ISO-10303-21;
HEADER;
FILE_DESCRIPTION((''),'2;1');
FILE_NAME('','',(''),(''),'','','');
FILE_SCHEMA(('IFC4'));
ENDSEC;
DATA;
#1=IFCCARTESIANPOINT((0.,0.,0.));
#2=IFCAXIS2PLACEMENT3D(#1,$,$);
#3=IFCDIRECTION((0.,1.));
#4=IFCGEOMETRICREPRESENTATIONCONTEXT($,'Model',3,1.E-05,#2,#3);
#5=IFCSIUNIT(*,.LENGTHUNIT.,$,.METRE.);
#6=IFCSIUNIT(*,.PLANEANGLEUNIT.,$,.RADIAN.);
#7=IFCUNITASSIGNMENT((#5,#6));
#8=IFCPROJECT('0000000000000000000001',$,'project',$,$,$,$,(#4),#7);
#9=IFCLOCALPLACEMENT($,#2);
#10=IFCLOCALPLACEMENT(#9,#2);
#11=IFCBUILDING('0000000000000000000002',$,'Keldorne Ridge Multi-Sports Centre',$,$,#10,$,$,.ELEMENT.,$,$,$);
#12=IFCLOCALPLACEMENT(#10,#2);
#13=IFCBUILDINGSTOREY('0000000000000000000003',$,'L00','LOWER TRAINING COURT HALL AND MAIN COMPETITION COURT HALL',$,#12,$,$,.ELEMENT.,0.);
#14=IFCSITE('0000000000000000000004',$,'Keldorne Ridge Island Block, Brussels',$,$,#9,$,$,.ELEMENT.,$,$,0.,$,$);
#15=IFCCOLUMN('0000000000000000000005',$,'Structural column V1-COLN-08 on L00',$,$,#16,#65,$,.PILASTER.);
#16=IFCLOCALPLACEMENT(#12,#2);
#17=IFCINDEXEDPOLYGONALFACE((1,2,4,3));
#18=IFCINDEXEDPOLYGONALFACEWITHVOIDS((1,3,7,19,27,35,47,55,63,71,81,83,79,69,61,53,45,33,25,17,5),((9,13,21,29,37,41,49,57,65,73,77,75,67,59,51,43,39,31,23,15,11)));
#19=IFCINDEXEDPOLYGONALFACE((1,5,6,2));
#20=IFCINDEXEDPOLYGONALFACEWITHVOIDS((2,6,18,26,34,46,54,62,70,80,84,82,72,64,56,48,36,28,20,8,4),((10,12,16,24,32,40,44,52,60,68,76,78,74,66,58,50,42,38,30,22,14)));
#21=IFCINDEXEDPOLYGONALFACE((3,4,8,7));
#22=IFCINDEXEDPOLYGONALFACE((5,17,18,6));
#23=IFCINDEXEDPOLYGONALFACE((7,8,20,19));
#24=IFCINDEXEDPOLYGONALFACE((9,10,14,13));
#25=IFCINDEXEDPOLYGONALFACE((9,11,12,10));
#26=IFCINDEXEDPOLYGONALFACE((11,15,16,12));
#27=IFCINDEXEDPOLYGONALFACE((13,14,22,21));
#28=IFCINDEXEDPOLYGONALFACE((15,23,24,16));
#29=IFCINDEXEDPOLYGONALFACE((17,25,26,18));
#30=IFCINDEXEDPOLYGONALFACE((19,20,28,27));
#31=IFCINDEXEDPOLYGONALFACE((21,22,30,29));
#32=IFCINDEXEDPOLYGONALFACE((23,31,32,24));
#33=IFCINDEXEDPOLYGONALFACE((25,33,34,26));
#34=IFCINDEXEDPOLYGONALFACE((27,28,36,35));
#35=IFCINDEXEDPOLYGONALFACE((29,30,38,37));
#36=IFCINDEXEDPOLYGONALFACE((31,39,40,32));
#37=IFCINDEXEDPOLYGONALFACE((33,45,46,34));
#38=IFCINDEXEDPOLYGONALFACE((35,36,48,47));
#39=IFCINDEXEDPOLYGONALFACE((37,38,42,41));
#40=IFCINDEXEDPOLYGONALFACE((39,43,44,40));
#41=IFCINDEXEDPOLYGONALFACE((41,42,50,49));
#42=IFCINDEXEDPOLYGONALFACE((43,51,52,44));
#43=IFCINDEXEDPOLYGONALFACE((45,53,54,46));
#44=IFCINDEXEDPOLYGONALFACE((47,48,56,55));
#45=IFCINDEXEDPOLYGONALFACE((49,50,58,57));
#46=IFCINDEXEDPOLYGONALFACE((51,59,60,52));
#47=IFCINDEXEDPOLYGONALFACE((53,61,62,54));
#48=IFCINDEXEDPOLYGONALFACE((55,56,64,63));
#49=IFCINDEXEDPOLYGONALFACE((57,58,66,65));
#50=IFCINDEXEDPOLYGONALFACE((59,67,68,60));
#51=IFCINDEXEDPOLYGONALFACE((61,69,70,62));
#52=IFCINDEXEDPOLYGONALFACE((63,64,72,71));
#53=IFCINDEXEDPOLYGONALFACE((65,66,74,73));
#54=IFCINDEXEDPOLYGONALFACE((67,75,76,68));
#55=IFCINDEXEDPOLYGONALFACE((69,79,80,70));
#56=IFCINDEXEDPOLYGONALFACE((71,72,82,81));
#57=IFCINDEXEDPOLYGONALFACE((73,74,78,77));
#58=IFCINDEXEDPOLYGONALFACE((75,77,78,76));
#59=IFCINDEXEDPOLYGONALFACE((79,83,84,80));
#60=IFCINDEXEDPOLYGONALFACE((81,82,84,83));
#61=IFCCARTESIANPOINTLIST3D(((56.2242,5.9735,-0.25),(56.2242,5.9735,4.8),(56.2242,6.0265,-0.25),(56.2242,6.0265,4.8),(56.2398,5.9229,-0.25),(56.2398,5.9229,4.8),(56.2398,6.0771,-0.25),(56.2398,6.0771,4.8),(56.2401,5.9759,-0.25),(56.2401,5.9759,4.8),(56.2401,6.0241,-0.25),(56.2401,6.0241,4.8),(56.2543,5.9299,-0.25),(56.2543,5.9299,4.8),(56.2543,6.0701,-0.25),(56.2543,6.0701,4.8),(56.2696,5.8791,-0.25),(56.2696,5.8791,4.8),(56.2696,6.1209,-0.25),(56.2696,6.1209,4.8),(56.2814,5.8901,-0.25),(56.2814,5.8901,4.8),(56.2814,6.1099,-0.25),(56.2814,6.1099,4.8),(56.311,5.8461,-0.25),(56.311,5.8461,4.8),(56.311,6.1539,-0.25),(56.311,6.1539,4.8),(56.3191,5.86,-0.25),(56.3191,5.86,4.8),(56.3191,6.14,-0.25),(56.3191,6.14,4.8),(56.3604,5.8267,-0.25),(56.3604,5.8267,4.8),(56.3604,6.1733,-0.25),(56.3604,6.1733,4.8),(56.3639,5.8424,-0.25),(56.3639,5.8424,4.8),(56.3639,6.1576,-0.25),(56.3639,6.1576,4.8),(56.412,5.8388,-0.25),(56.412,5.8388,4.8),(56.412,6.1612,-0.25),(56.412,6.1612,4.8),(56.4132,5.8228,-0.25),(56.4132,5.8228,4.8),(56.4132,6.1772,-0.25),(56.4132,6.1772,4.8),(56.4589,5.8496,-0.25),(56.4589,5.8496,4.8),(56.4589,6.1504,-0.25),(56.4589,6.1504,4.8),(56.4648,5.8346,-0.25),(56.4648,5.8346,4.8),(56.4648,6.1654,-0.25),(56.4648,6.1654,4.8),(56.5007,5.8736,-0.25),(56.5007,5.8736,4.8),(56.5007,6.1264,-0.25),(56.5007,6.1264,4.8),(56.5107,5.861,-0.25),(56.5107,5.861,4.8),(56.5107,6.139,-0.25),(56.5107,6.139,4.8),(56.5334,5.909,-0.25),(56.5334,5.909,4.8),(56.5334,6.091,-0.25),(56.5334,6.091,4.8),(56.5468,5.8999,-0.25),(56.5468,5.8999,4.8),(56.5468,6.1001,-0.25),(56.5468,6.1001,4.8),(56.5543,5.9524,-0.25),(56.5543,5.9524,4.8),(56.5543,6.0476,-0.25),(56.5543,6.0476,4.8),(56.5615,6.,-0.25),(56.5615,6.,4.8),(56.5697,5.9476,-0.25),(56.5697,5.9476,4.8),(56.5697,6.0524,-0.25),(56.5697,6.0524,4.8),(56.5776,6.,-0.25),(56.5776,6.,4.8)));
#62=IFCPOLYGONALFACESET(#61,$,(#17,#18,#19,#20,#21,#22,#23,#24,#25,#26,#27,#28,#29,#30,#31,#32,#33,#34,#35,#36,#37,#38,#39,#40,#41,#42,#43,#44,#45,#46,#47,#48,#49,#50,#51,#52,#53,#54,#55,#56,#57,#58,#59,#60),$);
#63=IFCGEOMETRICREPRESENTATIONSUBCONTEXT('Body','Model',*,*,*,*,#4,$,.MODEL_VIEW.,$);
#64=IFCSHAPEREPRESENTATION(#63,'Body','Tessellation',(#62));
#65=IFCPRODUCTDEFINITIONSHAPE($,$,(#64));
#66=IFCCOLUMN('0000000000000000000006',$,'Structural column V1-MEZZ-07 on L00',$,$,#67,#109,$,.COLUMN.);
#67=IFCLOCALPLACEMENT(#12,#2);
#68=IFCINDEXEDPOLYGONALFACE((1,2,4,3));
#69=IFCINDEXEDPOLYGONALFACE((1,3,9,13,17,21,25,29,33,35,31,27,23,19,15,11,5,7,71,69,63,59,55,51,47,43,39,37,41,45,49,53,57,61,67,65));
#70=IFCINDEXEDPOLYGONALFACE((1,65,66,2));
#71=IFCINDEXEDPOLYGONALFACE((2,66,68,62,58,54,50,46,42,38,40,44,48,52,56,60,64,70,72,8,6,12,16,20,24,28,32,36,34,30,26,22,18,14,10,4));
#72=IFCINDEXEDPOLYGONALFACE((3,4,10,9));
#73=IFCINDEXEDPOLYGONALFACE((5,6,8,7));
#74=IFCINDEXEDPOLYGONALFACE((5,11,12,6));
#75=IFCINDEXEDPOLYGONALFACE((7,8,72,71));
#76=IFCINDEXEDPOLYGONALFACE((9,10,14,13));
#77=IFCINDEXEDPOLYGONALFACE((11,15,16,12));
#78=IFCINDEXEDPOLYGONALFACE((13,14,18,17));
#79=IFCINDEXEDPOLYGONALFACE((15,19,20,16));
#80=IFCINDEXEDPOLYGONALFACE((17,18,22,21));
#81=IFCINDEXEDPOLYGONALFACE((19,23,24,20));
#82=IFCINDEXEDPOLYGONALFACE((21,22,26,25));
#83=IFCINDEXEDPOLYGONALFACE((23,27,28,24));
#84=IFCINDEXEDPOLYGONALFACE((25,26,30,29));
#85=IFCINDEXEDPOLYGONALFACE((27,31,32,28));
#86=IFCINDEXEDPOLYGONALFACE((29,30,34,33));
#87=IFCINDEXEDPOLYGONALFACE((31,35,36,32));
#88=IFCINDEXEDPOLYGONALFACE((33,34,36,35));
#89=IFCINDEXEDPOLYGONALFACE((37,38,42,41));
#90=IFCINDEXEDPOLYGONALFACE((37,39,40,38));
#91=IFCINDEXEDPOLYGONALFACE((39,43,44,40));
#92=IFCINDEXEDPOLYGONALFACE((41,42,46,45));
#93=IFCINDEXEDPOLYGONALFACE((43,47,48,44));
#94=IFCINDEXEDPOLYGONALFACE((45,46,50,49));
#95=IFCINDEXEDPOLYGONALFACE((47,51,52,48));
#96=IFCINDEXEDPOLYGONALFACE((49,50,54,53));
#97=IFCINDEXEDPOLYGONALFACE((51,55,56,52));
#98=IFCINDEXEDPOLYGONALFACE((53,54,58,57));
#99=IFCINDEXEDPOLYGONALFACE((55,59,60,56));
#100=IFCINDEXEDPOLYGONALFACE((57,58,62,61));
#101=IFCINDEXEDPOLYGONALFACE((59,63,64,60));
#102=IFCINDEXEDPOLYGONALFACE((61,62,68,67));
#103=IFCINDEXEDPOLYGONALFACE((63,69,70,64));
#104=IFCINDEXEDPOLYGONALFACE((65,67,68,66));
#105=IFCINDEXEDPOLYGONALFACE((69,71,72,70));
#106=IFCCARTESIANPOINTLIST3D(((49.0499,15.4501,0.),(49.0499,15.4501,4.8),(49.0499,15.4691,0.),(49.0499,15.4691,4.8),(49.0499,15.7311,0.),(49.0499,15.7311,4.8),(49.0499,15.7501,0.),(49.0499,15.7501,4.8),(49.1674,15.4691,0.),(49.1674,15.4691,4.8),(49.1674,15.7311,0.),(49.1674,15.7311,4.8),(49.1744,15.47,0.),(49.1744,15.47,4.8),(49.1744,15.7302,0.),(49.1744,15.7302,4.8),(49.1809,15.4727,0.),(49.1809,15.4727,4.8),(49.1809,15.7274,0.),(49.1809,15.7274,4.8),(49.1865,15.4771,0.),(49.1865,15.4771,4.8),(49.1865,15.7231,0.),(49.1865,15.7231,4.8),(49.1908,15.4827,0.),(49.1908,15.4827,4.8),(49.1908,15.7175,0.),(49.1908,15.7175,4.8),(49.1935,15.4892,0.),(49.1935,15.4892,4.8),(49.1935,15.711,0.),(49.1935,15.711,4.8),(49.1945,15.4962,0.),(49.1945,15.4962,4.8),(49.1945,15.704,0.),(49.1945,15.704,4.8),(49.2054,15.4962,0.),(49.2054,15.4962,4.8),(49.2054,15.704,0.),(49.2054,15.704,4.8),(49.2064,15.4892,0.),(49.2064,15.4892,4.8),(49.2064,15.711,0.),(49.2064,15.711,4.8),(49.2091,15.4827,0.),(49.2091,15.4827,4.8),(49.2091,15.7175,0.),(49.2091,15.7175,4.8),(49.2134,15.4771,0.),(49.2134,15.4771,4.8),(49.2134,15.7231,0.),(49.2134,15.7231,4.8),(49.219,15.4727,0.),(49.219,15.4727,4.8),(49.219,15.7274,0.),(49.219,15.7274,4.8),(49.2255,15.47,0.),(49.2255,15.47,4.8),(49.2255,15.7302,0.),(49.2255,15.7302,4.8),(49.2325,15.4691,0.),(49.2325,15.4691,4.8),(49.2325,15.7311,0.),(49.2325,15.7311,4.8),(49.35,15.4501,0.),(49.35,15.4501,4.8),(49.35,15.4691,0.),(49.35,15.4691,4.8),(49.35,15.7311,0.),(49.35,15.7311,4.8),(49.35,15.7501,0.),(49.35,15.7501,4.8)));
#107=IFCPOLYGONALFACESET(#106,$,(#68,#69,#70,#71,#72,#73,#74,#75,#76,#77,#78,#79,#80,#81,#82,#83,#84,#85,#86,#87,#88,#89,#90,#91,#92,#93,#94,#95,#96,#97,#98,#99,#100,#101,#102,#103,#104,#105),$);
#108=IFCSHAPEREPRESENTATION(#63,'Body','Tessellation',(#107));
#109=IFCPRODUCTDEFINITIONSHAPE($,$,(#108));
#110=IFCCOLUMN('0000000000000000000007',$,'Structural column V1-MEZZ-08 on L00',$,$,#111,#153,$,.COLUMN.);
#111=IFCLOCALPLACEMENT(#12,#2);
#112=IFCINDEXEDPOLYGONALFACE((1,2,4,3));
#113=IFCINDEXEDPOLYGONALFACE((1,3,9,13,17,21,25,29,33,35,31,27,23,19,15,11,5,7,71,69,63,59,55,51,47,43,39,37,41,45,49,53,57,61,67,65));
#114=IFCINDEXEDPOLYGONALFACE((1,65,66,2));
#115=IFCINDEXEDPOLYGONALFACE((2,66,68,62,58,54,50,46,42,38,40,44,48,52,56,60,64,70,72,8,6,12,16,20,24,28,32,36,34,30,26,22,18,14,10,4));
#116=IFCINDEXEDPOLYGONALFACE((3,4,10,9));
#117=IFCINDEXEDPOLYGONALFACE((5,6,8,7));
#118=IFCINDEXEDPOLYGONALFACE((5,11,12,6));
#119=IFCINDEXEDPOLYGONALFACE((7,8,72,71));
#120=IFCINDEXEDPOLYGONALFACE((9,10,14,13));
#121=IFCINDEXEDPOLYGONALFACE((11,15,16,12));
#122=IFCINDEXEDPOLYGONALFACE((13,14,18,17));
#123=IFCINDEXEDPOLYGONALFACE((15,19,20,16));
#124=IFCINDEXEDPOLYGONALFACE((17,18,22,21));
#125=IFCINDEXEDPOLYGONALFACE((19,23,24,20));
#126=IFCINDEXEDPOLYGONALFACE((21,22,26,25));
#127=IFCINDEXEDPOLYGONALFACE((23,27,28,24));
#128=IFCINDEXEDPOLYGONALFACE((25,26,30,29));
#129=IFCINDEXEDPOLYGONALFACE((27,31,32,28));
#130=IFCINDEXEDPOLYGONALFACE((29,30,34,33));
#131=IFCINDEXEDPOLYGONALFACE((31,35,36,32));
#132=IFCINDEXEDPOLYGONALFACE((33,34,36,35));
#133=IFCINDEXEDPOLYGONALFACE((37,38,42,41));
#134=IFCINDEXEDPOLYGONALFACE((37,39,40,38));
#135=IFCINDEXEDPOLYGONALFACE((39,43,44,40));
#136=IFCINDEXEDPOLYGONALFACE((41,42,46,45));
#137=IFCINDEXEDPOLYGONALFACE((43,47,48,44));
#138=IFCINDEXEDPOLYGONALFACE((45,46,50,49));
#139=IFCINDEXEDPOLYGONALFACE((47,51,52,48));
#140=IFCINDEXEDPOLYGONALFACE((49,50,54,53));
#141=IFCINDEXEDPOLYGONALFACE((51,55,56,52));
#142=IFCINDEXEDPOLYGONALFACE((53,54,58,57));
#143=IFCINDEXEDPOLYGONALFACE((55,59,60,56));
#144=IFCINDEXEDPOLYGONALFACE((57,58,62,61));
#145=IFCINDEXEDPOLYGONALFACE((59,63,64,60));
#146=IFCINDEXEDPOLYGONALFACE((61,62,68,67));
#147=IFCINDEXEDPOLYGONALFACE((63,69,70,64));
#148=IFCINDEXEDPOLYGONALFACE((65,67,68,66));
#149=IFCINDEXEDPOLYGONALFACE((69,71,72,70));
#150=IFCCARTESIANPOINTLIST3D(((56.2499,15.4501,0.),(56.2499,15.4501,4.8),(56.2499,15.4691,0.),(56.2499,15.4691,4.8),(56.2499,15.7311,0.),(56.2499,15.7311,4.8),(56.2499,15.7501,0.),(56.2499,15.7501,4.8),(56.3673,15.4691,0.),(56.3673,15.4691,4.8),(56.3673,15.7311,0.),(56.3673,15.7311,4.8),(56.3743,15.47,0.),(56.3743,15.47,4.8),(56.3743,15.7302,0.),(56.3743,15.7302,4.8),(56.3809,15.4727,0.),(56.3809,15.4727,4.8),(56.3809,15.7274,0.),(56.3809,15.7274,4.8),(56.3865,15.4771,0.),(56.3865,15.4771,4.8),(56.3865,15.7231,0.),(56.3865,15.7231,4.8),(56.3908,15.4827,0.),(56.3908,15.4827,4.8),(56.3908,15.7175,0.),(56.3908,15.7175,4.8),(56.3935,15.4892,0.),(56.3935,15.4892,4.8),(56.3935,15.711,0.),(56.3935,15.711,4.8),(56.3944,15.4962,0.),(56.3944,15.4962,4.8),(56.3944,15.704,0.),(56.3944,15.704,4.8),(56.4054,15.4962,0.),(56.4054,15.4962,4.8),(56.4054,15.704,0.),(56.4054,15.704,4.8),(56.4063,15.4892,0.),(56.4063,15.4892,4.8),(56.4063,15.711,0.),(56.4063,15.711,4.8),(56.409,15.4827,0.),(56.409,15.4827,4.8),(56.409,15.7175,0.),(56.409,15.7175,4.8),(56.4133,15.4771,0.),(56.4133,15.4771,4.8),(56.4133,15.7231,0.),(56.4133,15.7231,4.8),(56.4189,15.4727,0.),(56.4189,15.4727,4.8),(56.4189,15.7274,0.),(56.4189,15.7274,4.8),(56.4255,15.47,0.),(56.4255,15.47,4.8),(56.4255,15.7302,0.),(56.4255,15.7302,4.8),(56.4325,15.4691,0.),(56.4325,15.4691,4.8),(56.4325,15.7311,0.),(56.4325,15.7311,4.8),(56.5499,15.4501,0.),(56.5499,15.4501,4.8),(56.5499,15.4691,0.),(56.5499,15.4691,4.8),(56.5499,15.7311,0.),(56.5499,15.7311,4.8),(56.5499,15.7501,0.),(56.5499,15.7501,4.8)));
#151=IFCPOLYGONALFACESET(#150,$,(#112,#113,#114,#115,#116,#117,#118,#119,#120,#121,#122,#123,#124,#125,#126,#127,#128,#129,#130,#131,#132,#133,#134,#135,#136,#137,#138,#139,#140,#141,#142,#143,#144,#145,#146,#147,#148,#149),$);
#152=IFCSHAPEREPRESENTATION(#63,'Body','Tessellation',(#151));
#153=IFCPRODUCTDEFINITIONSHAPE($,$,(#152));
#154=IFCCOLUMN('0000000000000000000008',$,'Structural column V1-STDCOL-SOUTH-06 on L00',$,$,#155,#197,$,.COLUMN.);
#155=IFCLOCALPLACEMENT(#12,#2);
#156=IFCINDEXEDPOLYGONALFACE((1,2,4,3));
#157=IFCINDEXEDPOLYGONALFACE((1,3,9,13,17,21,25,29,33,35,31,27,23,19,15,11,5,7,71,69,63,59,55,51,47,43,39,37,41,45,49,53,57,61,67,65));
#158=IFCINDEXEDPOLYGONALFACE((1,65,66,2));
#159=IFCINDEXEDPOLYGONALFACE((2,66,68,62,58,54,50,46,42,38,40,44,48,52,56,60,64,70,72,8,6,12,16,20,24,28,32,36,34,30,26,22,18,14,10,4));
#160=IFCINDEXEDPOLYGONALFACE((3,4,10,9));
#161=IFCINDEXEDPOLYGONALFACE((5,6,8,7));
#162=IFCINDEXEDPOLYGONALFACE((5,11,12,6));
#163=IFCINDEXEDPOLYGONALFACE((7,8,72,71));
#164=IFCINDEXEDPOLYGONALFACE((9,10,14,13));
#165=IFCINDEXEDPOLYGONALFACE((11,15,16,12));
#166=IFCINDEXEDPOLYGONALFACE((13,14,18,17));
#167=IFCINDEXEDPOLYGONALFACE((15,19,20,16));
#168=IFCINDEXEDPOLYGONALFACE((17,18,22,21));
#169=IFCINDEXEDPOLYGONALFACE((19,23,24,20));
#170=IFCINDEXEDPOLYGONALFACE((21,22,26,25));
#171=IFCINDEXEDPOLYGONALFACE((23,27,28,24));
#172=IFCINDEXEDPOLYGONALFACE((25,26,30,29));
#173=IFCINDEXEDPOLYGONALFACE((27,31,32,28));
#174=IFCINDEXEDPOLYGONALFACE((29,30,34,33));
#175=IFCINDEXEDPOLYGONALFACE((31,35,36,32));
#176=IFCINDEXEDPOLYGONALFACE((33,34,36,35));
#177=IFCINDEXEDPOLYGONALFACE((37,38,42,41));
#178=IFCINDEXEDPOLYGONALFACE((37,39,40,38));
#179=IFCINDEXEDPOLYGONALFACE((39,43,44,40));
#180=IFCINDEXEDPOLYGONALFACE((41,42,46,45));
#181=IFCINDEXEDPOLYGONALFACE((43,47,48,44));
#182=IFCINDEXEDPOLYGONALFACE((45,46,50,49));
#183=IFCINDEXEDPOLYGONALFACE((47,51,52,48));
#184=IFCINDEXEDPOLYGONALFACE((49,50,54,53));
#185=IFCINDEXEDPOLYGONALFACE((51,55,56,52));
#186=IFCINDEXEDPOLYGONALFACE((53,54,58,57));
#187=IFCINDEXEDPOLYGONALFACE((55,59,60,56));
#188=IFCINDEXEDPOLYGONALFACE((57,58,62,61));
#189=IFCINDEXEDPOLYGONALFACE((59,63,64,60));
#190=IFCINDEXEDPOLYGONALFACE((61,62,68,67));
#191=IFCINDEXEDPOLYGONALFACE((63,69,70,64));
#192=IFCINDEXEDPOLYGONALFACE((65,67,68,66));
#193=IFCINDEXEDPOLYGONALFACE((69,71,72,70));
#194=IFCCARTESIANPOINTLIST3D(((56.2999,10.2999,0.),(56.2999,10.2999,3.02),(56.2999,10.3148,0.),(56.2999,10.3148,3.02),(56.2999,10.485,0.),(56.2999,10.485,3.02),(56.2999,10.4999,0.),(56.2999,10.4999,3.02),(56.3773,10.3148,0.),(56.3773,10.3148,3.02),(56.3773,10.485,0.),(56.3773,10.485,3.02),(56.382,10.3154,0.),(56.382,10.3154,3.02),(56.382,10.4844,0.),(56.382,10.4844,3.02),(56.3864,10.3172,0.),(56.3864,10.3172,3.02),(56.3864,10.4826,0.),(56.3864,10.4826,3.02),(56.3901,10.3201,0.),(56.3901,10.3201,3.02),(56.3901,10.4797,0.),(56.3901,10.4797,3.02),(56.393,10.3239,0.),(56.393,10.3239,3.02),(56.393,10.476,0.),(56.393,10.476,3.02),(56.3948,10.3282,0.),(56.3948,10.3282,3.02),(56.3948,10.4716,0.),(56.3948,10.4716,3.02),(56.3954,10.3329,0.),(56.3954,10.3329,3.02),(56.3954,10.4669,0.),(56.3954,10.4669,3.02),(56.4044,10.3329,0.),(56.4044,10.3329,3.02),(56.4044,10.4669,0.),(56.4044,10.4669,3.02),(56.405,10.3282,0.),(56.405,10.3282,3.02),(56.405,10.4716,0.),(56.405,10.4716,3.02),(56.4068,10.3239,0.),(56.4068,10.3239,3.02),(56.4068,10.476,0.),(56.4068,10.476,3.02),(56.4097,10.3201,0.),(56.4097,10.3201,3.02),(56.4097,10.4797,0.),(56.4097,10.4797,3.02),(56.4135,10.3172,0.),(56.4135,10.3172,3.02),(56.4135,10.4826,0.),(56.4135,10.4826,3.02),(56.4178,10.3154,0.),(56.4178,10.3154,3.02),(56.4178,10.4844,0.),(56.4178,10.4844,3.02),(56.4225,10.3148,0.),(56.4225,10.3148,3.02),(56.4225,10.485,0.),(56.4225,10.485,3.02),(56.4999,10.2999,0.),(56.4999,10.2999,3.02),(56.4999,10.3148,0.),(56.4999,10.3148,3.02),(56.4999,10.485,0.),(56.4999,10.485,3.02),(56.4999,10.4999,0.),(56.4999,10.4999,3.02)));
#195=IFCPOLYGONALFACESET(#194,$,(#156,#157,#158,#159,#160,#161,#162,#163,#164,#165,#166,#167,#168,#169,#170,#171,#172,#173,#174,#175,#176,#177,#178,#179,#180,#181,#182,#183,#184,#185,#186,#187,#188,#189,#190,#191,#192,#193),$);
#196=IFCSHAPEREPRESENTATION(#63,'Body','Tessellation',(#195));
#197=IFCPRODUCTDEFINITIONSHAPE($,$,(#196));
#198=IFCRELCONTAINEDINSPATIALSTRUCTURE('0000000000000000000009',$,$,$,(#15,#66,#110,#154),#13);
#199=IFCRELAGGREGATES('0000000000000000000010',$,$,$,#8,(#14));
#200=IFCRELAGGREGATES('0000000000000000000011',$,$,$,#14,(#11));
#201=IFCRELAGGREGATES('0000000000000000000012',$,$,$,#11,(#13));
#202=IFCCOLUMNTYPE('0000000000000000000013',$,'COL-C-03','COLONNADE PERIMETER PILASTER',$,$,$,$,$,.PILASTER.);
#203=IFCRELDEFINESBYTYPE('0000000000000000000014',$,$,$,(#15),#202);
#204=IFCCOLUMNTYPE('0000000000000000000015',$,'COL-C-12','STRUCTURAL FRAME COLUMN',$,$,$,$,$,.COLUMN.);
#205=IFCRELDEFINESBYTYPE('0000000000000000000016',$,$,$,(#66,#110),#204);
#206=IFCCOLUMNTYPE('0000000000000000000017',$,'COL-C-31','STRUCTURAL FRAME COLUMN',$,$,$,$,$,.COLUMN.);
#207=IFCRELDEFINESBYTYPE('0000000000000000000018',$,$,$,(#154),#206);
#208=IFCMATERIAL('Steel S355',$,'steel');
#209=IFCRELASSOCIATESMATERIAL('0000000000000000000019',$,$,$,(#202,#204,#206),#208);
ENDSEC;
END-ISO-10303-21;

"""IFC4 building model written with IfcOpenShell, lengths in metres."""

from ifc_helpers import new_model, si_unit, direction, frame, origin, origin_2d, place, context, subcontext, project, spatial, hollow_circle, i_section, extrude, material, material_profile, profile_set, type_object, element, save


model = new_model("IFC4")

# Units and contexts
model_context = context("Model", 3, precision=1e-05, world=origin(), true_north=direction((0.0, 1.0)))
body_context = subcontext(model_context, "Body", "Model", "MODEL_VIEW")
ifc_project = project(units=[si_unit("LENGTHUNIT", "METRE"), si_unit("PLANEANGLEUNIT", "RADIAN")], contexts=[model_context])

# Site, building, storey
site_placement = place(None, origin())
site = spatial("IfcSite", under=ifc_project, at=site_placement, Name="Keldorne Ridge Island Block, Brussels", CompositionType="ELEMENT", RefElevation=0.0)
building_placement = place(site_placement, origin())
building = spatial("IfcBuilding", under=site, at=building_placement, Name="Keldorne Ridge Multi-Sports Centre", CompositionType="ELEMENT")
storey_placement = place(building_placement, origin())
storey = spatial("IfcBuildingStorey", under=building, at=storey_placement, Name="L00", Description="LOWER TRAINING COURT HALL AND MAIN COMPETITION COURT HALL", CompositionType="ELEMENT", Elevation=0.0)

# Columns
ifc_material_1 = material(Name="Steel S355", Category="steel")
ifc_material_profile_1 = material_profile(ifc_material_1, hollow_circle(Radius=0.1777, WallThickness=0.0161, at=origin_2d()), Name="CHS 355.6x16")
ifc_profile_set_1 = profile_set([ifc_material_profile_1], Name="Steel S355")
column_type_1 = type_object("IfcColumnType", Name="COL-C-03", Description="COLONNADE PERIMETER PILASTER", PredefinedType="PILASTER", material=ifc_profile_set_1)
column_1_placement = place(storey_placement, frame((56.3999, 6.0, -0.25), z_axis=(0.0, 0.0, 1.0), x_axis=(1.0, 0.0, 0.0)))
element("IfcColumn", 1, at=column_1_placement, inside=storey, type_object=column_type_1, Name="Structural column V1-COLN-08 on L00", PredefinedType="PILASTER", context=body_context, shape_type="SweptSolid", body=[
    extrude(hollow_circle(Radius=0.1777, WallThickness=0.0161, at=origin_2d()), origin(), (0.0, 0.0, 1.0), 5.05),
])
ifc_material_profile_2 = material_profile(ifc_material_1, i_section(OverallWidth=0.3, OverallDepth=0.3, WebThickness=0.011, FlangeThickness=0.019, FilletRadius=0.0271, at=origin_2d()), Name="HEB 300")
ifc_profile_set_2 = profile_set([ifc_material_profile_2], Name="Steel S355")
column_type_2 = type_object("IfcColumnType", Name="COL-C-12", Description="STRUCTURAL FRAME COLUMN", PredefinedType="COLUMN", material=ifc_profile_set_2)
for number, where, z_axis, x_axis, name in (
    (2, (49.2, 15.6001, 0.0), (0.0, 0.0, 1.0), (1.0, 0.0, 0.0), "Structural column V1-MEZZ-07 on L00"),
    (3, (56.3999, 15.6001, 0.0), (0.0, 0.0, 1.0), (1.0, 0.0, 0.0), "Structural column V1-MEZZ-08 on L00"),
):
    element("IfcColumn", number, at=place(storey_placement, frame(where, z_axis=z_axis, x_axis=x_axis)), inside=storey, type_object=column_type_2, Name=name, PredefinedType="COLUMN", context=body_context, shape_type="SweptSolid", body=[
        extrude(i_section(OverallWidth=0.3, OverallDepth=0.3, WebThickness=0.011, FlangeThickness=0.019, FilletRadius=0.0271, at=origin_2d()), origin(), (0.0, 0.0, 1.0), 4.8),
    ])
ifc_material_profile_3 = material_profile(ifc_material_1, i_section(OverallWidth=0.2, OverallDepth=0.2, WebThickness=0.009, FlangeThickness=0.0149, FilletRadius=0.0181, at=origin_2d()), Name="HEB 200")
ifc_profile_set_3 = profile_set([ifc_material_profile_3], Name="Steel S355")
column_type_3 = type_object("IfcColumnType", Name="COL-C-31", Description="STRUCTURAL FRAME COLUMN", PredefinedType="COLUMN", material=ifc_profile_set_3)
column_2_placement = place(storey_placement, frame((56.3999, 10.3999, 0.0), z_axis=(0.0, 0.0, 1.0), x_axis=(1.0, 0.0, 0.0)))
element("IfcColumn", 4, at=column_2_placement, inside=storey, type_object=column_type_3, Name="Structural column V1-STDCOL-SOUTH-06 on L00", PredefinedType="COLUMN", context=body_context, shape_type="SweptSolid", body=[
    extrude(i_section(OverallWidth=0.2, OverallDepth=0.2, WebThickness=0.009, FlangeThickness=0.0149, FilletRadius=0.0181, at=origin_2d()), origin(), (0.0, 0.0, 1.0), 3.02),
])

save(model, "model.ifc")
